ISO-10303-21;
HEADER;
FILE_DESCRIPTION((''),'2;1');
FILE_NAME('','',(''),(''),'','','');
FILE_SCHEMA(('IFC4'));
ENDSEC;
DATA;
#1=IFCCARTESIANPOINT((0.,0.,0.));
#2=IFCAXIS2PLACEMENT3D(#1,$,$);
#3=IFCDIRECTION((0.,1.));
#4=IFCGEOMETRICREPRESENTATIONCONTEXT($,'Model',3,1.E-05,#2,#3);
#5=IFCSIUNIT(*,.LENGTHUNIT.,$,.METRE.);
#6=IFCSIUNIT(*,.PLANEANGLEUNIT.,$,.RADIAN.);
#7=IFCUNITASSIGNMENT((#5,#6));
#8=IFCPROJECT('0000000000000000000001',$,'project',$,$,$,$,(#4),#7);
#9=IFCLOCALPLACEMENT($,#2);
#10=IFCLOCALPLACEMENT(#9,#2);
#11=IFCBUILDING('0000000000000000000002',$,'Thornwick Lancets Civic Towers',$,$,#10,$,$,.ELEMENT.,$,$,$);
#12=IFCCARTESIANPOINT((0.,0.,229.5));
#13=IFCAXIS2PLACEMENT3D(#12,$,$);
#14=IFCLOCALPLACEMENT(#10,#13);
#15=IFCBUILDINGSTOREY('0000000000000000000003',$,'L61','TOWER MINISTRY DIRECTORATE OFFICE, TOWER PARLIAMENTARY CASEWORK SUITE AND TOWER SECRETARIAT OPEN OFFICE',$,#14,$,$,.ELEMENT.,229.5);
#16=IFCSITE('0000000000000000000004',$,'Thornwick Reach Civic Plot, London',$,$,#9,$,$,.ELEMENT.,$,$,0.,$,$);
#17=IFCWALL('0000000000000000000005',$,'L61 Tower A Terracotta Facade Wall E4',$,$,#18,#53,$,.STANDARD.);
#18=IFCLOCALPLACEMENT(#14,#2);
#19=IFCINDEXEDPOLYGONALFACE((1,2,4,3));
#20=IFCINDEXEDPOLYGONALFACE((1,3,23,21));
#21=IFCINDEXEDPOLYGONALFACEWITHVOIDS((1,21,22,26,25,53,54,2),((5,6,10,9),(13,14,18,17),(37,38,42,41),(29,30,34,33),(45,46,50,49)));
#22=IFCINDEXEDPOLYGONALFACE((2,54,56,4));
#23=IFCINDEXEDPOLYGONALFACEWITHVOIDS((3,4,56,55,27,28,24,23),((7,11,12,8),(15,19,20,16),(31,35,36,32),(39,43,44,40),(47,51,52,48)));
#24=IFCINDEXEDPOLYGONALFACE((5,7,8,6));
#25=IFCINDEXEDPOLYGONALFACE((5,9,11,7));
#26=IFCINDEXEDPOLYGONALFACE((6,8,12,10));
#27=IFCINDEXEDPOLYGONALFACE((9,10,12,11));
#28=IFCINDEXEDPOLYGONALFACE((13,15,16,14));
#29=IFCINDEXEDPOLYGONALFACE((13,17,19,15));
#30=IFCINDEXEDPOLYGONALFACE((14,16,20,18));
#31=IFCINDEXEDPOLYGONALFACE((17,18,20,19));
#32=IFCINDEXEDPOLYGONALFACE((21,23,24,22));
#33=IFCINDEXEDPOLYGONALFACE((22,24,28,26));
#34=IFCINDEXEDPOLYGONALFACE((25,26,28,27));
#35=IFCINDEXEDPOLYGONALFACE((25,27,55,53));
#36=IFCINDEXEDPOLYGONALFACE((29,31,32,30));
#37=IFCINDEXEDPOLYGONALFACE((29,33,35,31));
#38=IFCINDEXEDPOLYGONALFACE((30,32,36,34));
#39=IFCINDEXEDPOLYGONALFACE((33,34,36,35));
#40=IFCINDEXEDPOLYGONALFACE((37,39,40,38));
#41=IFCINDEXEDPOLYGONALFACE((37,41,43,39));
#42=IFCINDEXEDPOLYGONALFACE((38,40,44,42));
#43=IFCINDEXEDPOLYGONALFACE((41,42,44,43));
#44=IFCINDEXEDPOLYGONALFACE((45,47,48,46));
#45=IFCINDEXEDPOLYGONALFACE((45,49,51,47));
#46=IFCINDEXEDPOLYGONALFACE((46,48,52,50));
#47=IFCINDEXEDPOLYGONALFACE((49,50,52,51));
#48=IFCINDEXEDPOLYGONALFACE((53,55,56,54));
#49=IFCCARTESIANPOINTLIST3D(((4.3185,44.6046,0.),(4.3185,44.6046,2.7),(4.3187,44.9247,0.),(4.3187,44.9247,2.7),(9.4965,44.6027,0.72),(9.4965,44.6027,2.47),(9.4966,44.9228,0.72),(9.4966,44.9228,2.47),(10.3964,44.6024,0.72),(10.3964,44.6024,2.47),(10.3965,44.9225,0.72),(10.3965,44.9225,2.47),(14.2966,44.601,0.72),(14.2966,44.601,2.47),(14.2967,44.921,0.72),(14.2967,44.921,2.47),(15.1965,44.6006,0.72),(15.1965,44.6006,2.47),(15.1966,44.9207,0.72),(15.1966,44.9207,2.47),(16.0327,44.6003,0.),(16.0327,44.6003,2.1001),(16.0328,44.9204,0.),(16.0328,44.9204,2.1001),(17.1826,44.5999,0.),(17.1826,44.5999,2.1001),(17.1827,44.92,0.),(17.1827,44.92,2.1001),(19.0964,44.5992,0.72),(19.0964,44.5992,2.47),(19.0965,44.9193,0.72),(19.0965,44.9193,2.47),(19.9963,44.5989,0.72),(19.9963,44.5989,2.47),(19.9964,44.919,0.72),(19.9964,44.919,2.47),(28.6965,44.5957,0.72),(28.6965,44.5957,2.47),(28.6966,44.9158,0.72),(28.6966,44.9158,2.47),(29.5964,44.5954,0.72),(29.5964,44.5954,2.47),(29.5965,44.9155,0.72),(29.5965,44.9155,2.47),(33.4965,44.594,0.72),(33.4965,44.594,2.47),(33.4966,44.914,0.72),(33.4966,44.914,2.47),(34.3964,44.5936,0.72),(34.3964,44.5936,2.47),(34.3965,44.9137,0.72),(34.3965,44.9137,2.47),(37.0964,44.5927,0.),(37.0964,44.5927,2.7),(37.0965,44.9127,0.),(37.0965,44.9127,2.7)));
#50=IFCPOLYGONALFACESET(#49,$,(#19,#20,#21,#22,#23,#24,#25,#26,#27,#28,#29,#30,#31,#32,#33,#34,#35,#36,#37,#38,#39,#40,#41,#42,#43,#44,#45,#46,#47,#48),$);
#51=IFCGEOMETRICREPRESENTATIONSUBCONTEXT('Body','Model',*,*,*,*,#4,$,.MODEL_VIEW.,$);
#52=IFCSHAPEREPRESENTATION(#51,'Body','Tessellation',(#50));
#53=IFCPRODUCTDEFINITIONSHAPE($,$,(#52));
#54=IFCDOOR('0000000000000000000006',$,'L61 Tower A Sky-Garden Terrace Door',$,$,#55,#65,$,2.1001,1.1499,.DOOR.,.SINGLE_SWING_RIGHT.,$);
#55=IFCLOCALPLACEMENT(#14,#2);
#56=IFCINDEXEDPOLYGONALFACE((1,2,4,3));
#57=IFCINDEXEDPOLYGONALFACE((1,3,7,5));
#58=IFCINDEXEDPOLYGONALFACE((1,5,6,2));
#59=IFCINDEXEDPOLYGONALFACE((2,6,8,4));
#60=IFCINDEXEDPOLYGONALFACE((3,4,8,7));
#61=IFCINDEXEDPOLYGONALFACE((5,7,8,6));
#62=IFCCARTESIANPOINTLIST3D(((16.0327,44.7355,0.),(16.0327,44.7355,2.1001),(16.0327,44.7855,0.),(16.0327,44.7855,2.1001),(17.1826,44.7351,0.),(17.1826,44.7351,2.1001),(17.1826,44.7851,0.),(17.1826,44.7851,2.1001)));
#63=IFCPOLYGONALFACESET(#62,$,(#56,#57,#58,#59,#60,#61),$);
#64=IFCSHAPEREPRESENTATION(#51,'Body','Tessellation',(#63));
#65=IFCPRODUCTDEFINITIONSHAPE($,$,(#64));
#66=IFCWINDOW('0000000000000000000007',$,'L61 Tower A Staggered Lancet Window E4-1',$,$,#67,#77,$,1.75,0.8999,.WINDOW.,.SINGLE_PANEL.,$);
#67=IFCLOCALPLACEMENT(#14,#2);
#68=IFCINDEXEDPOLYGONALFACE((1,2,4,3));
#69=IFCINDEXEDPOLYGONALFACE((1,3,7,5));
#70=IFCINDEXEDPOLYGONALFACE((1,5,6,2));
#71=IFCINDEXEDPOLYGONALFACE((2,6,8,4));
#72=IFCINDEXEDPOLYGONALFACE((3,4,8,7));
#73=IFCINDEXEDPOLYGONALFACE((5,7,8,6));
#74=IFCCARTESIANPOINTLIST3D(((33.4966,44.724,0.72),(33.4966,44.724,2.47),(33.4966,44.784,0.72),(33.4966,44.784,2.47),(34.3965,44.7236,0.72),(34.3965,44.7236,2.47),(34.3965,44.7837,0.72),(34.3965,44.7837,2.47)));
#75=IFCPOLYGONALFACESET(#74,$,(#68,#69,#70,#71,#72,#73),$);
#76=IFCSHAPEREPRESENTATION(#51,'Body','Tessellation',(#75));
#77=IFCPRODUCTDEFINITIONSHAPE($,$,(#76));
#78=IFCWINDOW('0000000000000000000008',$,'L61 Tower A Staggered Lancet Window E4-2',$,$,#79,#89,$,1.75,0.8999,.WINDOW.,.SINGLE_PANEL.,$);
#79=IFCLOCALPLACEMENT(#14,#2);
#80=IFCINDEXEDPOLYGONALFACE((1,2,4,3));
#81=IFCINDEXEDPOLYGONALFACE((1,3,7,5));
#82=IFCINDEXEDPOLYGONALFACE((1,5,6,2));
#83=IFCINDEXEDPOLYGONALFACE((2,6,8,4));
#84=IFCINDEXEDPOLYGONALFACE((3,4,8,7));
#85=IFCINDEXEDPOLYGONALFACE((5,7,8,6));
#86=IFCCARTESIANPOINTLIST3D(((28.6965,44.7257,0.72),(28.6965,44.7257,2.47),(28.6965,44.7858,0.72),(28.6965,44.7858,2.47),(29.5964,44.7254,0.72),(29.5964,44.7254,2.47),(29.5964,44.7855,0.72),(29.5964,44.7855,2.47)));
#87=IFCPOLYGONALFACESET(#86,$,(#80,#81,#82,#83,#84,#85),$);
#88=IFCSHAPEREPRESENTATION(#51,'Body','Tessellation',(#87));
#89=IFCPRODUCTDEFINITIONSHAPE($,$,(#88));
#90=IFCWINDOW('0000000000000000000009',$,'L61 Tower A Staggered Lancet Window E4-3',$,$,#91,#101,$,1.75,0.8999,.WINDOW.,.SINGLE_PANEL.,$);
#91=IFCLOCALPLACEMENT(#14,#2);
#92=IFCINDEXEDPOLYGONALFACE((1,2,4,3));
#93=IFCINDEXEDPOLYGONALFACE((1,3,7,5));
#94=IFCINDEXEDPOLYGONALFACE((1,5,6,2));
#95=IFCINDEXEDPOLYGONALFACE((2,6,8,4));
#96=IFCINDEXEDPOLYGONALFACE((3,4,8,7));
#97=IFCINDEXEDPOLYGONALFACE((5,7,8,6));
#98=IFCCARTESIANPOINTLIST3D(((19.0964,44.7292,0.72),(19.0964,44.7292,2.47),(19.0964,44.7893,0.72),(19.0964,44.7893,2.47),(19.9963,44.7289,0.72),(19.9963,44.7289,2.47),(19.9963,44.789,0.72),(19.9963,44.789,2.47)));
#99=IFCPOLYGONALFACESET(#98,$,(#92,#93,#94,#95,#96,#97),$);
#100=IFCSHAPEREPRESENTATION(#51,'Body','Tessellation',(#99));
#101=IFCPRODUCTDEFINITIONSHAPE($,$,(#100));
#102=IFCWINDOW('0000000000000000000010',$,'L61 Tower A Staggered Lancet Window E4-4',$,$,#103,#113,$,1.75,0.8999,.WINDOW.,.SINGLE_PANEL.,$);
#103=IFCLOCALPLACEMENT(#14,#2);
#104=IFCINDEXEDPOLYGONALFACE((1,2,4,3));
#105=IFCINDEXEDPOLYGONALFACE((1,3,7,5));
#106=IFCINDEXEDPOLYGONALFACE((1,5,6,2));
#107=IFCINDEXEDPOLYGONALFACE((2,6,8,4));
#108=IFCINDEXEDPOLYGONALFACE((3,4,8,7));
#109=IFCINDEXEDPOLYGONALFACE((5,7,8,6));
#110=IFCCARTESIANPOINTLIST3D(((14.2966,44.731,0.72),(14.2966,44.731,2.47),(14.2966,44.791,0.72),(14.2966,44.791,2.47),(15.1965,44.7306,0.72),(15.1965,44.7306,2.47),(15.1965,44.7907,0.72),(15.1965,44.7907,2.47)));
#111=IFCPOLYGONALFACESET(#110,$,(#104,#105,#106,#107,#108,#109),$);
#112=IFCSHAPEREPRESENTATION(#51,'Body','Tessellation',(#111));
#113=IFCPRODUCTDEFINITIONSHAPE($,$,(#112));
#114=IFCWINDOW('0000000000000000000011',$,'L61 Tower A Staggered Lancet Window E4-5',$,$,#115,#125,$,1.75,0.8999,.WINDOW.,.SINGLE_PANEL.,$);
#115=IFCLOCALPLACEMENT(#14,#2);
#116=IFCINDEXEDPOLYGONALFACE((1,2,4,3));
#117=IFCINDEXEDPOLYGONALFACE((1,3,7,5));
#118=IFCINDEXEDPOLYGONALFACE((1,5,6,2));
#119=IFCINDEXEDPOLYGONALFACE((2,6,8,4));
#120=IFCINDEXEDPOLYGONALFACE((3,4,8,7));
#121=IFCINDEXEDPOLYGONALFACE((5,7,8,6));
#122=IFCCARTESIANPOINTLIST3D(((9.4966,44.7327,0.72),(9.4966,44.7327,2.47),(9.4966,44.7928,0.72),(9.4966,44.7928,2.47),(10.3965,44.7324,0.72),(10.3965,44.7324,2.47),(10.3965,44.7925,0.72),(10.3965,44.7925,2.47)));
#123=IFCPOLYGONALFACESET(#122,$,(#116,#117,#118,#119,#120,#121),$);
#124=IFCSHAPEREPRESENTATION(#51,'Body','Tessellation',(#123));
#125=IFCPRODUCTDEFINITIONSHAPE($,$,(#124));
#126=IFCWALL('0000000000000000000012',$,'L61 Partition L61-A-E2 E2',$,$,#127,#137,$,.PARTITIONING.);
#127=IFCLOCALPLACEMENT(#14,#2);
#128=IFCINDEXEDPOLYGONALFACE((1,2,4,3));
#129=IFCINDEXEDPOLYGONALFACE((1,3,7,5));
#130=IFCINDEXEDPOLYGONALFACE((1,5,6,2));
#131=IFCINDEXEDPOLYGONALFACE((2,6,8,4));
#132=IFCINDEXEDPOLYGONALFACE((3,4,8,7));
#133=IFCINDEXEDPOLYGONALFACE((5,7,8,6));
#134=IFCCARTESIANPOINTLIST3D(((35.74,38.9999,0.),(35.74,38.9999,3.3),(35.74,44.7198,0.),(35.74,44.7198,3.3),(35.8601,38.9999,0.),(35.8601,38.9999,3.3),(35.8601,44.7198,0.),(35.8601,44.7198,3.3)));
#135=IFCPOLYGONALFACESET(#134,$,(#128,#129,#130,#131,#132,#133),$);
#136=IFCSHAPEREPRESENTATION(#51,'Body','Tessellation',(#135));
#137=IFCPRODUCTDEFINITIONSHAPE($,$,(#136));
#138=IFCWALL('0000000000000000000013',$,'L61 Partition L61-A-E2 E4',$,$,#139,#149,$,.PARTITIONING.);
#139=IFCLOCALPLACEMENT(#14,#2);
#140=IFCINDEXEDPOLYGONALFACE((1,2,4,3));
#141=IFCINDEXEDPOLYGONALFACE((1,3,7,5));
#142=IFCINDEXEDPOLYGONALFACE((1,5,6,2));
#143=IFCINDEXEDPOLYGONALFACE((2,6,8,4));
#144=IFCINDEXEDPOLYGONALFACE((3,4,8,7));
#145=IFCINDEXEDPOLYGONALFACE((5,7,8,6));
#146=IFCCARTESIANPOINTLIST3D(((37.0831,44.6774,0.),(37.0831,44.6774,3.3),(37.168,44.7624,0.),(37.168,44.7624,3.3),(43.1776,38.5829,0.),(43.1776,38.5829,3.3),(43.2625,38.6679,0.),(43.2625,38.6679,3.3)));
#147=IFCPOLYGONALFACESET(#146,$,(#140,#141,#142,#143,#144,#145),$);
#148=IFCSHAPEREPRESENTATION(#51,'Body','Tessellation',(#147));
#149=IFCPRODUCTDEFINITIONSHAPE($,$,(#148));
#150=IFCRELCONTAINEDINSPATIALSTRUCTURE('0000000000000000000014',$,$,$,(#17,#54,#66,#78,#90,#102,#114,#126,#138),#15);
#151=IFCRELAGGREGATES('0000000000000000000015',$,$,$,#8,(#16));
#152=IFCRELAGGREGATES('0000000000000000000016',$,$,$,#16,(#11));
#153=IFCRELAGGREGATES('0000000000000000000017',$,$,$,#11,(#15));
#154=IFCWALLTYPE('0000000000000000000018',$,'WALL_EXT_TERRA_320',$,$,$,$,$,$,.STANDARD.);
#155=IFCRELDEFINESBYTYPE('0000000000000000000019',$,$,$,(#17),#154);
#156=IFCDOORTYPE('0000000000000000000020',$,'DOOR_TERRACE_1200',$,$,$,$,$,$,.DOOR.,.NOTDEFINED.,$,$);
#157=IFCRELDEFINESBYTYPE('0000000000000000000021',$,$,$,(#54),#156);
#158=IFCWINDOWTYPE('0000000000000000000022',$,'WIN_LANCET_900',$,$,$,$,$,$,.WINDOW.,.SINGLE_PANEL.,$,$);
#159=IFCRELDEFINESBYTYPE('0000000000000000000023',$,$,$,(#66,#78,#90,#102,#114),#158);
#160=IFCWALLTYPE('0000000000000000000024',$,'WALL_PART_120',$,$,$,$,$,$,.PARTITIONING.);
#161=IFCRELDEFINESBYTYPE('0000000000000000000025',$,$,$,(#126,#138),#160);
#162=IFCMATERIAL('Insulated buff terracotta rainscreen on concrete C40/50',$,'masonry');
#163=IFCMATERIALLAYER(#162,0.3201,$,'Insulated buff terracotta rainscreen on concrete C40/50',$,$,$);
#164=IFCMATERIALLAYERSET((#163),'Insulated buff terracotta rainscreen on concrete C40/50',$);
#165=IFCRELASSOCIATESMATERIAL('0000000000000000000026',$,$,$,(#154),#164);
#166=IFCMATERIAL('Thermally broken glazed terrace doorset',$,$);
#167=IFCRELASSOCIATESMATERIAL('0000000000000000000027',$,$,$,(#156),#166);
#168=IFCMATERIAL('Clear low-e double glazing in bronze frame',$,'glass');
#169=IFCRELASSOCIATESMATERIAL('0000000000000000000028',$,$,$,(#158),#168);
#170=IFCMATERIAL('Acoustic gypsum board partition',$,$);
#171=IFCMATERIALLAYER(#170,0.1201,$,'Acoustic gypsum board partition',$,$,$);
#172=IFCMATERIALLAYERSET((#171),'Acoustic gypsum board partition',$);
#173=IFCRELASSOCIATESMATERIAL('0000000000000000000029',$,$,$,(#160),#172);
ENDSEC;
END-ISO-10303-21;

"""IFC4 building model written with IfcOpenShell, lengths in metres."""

from ifc_helpers import new_model, si_unit, direction, frame, frame_2d, origin, place, context, subcontext, project, spatial, rectangle, extrude, material, layer, layer_set, type_object, element, fill, save


model = new_model("IFC4")

# Units and contexts
model_context = context("Model", 3, precision=1e-05, world=origin(), true_north=direction((0.0, 1.0)))
body_context = subcontext(model_context, "Body", "Model", "MODEL_VIEW")
ifc_project = project(units=[si_unit("LENGTHUNIT", "METRE"), si_unit("PLANEANGLEUNIT", "RADIAN")], contexts=[model_context])

# Site, building, storey
site_placement = place(None, origin())
site = spatial("IfcSite", under=ifc_project, at=site_placement, Name="Thornwick Reach Civic Plot, London", CompositionType="ELEMENT", RefElevation=0.0)
building_placement = place(site_placement, origin())
building = spatial("IfcBuilding", under=site, at=building_placement, Name="Thornwick Lancets Civic Towers", CompositionType="ELEMENT")
storey_placement = place(building_placement, frame((0.0, 0.0, 229.5)))
storey = spatial("IfcBuildingStorey", under=building, at=storey_placement, Name="L61", Description="TOWER MINISTRY DIRECTORATE OFFICE, TOWER PARLIAMENTARY CASEWORK SUITE AND TOWER SECRETARIAT OPEN OFFICE", CompositionType="ELEMENT", Elevation=229.5)

# Wall, openings, door, windows
ifc_material_1 = material(Name="Insulated buff terracotta rainscreen on concrete C40/50", Category="masonry")
ifc_layer_1 = layer(ifc_material_1, 0.3201, Name="Insulated buff terracotta rainscreen on concrete C40/50")
ifc_layer_set_1 = layer_set([ifc_layer_1], Name="Insulated buff terracotta rainscreen on concrete C40/50")
wall_type_1 = type_object("IfcWallType", Name="WALL_EXT_TERRA_320", PredefinedType="STANDARD", material=ifc_layer_set_1)
wall_1_placement = place(storey_placement, frame((37.0964, 44.7527, 0.0), z_axis=(0.0, 0.0, 1.0), x_axis=(-1.0, 0.000365, 0.0)))
wall_1 = element("IfcWall", 1, at=wall_1_placement, inside=storey, type_object=wall_type_1, Name="L61 Tower A Terracotta Facade Wall E4", PredefinedType="STANDARD", context=body_context, shape_type="SweptSolid", body=[
    extrude(rectangle(XDim=32.7778, YDim=0.3201, at=frame_2d((16.3889, 0.0))), origin(), (0.0, 0.0, 1.0), 2.7),
])
opening_1_placement = place(wall_1_placement, frame((19.9138, 0.0, 0.0)))
opening_1 = element("IfcOpeningElement", 2, at=opening_1_placement, cuts=wall_1, PredefinedType="OPENING", context=body_context, shape_type="SweptSolid", body=[
    extrude(rectangle(XDim=1.1499, YDim=2.1001, at=frame_2d((0.575, 1.05))), frame((0.0, 0.1699, 0.0), z_axis=(0.0, -1.0, 0.0), x_axis=(1.0, 0.0, 0.0)), (0.0, 0.0, 1.0), 0.3401),
])
opening_2_placement = place(wall_1_placement, frame((2.7, 0.0, 0.72)))
opening_2 = element("IfcOpeningElement", 3, at=opening_2_placement, cuts=wall_1, PredefinedType="OPENING", context=body_context, shape_type="SweptSolid", body=[
    extrude(rectangle(XDim=0.8999, YDim=1.75, at=frame_2d((0.45, 0.875))), frame((0.0, 0.1699, 0.0), z_axis=(0.0, -1.0, 0.0), x_axis=(1.0, 0.0, 0.0)), (0.0, 0.0, 1.0), 0.3401),
])
opening_3_placement = place(wall_1_placement, frame((7.5, 0.0, 0.72)))
opening_3 = element("IfcOpeningElement", 4, at=opening_3_placement, cuts=wall_1, PredefinedType="OPENING", context=body_context, shape_type="SweptSolid", body=[
    extrude(rectangle(XDim=0.8999, YDim=1.75, at=frame_2d((0.45, 0.875))), frame((0.0, 0.1699, 0.0), z_axis=(0.0, -1.0, 0.0), x_axis=(1.0, 0.0, 0.0)), (0.0, 0.0, 1.0), 0.3401),
])
opening_4_placement = place(wall_1_placement, frame((17.1001, 0.0, 0.72)))
opening_4 = element("IfcOpeningElement", 5, at=opening_4_placement, cuts=wall_1, PredefinedType="OPENING", context=body_context, shape_type="SweptSolid", body=[
    extrude(rectangle(XDim=0.8999, YDim=1.75, at=frame_2d((0.45, 0.875))), frame((0.0, 0.1699, 0.0), z_axis=(0.0, -1.0, 0.0), x_axis=(1.0, 0.0, 0.0)), (0.0, 0.0, 1.0), 0.3401),
])
opening_5_placement = place(wall_1_placement, frame((21.8999, 0.0, 0.72)))
opening_5 = element("IfcOpeningElement", 6, at=opening_5_placement, cuts=wall_1, PredefinedType="OPENING", context=body_context, shape_type="SweptSolid", body=[
    extrude(rectangle(XDim=0.8999, YDim=1.75, at=frame_2d((0.45, 0.875))), frame((0.0, 0.1699, 0.0), z_axis=(0.0, -1.0, 0.0), x_axis=(1.0, 0.0, 0.0)), (0.0, 0.0, 1.0), 0.3401),
])
opening_6_placement = place(wall_1_placement, frame((26.7, 0.0, 0.72)))
opening_6 = element("IfcOpeningElement", 7, at=opening_6_placement, cuts=wall_1, PredefinedType="OPENING", context=body_context, shape_type="SweptSolid", body=[
    extrude(rectangle(XDim=0.8999, YDim=1.75, at=frame_2d((0.45, 0.875))), frame((0.0, 0.1699, 0.0), z_axis=(0.0, -1.0, 0.0), x_axis=(1.0, 0.0, 0.0)), (0.0, 0.0, 1.0), 0.3401),
])
ifc_material_2 = material(Name="Thermally broken glazed terrace doorset")
door_type_1 = type_object("IfcDoorType", Name="DOOR_TERRACE_1200", OperationType="NOTDEFINED", PredefinedType="DOOR", material=ifc_material_2)
door_1_placement = place(opening_1_placement, origin())
door_1 = element("IfcDoor", 8, at=door_1_placement, inside=storey, type_object=door_type_1, Name="L61 Tower A Sky-Garden Terrace Door", OperationType="SINGLE_SWING_RIGHT", OverallHeight=2.1001, OverallWidth=1.1499, PredefinedType="DOOR", context=body_context, shape_type="SweptSolid", body=[
    extrude(rectangle(XDim=1.1499, YDim=2.1001, at=frame_2d((0.575, 1.05))), frame((0.0, 0.0249, 0.0), z_axis=(0.0, -1.0, 0.0), x_axis=(1.0, 0.0, 0.0)), (0.0, 0.0, 1.0), 0.05),
])
fill(opening_1, door_1)
ifc_material_3 = material(Name="Clear low-e double glazing in bronze frame", Category="glass")
window_type = type_object("IfcWindowType", Name="WIN_LANCET_900", PartitioningType="SINGLE_PANEL", PredefinedType="WINDOW", material=ifc_material_3)
window_1_placement = place(opening_2_placement, origin())
window_1 = element("IfcWindow", 9, at=window_1_placement, inside=storey, type_object=window_type, Name="L61 Tower A Staggered Lancet Window E4-1", OverallHeight=1.75, OverallWidth=0.8999, PartitioningType="SINGLE_PANEL", PredefinedType="WINDOW", context=body_context, shape_type="SweptSolid", body=[
    extrude(rectangle(XDim=0.8999, YDim=1.75, at=frame_2d((0.45, 0.875))), frame((0.0, 0.03, 0.0), z_axis=(0.0, -1.0, 0.0), x_axis=(1.0, 0.0, 0.0)), (0.0, 0.0, 1.0), 0.0601),
])
fill(opening_2, window_1)
window_2_placement = place(opening_3_placement, origin())
window_2 = element("IfcWindow", 10, at=window_2_placement, inside=storey, type_object=window_type, Name="L61 Tower A Staggered Lancet Window E4-2", OverallHeight=1.75, OverallWidth=0.8999, PartitioningType="SINGLE_PANEL", PredefinedType="WINDOW", context=body_context, shape_type="SweptSolid", body=[
    extrude(rectangle(XDim=0.8999, YDim=1.75, at=frame_2d((0.45, 0.875))), frame((0.0, 0.03, 0.0), z_axis=(0.0, -1.0, 0.0), x_axis=(1.0, 0.0, 0.0)), (0.0, 0.0, 1.0), 0.0601),
])
fill(opening_3, window_2)
window_3_placement = place(opening_4_placement, origin())
window_3 = element("IfcWindow", 11, at=window_3_placement, inside=storey, type_object=window_type, Name="L61 Tower A Staggered Lancet Window E4-3", OverallHeight=1.75, OverallWidth=0.8999, PartitioningType="SINGLE_PANEL", PredefinedType="WINDOW", context=body_context, shape_type="SweptSolid", body=[
    extrude(rectangle(XDim=0.8999, YDim=1.75, at=frame_2d((0.45, 0.875))), frame((0.0, 0.03, 0.0), z_axis=(0.0, -1.0, 0.0), x_axis=(1.0, 0.0, 0.0)), (0.0, 0.0, 1.0), 0.0601),
])
fill(opening_4, window_3)
window_4_placement = place(opening_5_placement, origin())
window_4 = element("IfcWindow", 12, at=window_4_placement, inside=storey, type_object=window_type, Name="L61 Tower A Staggered Lancet Window E4-4", OverallHeight=1.75, OverallWidth=0.8999, PartitioningType="SINGLE_PANEL", PredefinedType="WINDOW", context=body_context, shape_type="SweptSolid", body=[
    extrude(rectangle(XDim=0.8999, YDim=1.75, at=frame_2d((0.45, 0.875))), frame((0.0, 0.03, 0.0), z_axis=(0.0, -1.0, 0.0), x_axis=(1.0, 0.0, 0.0)), (0.0, 0.0, 1.0), 0.0601),
])
fill(opening_5, window_4)
window_5_placement = place(opening_6_placement, origin())
window_5 = element("IfcWindow", 13, at=window_5_placement, inside=storey, type_object=window_type, Name="L61 Tower A Staggered Lancet Window E4-5", OverallHeight=1.75, OverallWidth=0.8999, PartitioningType="SINGLE_PANEL", PredefinedType="WINDOW", context=body_context, shape_type="SweptSolid", body=[
    extrude(rectangle(XDim=0.8999, YDim=1.75, at=frame_2d((0.45, 0.875))), frame((0.0, 0.03, 0.0), z_axis=(0.0, -1.0, 0.0), x_axis=(1.0, 0.0, 0.0)), (0.0, 0.0, 1.0), 0.0601),
])
fill(opening_6, window_5)

# Walls
ifc_material_4 = material(Name="Acoustic gypsum board partition")
ifc_layer_2 = layer(ifc_material_4, 0.1201, Name="Acoustic gypsum board partition")
ifc_layer_set_2 = layer_set([ifc_layer_2], Name="Acoustic gypsum board partition")
wall_type_2 = type_object("IfcWallType", Name="WALL_PART_120", PredefinedType="PARTITIONING", material=ifc_layer_set_2)
wall_2_placement = place(storey_placement, frame((35.8, 39.0, 0.0), z_axis=(0.0, 0.0, 1.0), x_axis=(0.0, 1.0, 0.0)))
element("IfcWall", 14, at=wall_2_placement, inside=storey, type_object=wall_type_2, Name="L61 Partition L61-A-E2 E2", PredefinedType="PARTITIONING", context=body_context, shape_type="SweptSolid", body=[
    extrude(rectangle(XDim=5.72, YDim=0.1201, at=frame_2d((2.8599, 0.0))), origin(), (0.0, 0.0, 1.0), 3.3),
])
wall_3_placement = place(storey_placement, frame((37.1255, 44.72, 0.0), z_axis=(0.0, 0.0, 1.0), x_axis=(0.707107, -0.707107, 0.0)))
element("IfcWall", 15, at=wall_3_placement, inside=storey, type_object=wall_type_2, Name="L61 Partition L61-A-E2 E4", PredefinedType="PARTITIONING", context=body_context, shape_type="SweptSolid", body=[
    extrude(rectangle(XDim=8.6189, YDim=0.1201, at=frame_2d((4.3096, 0.0))), origin(), (0.0, 0.0, 1.0), 3.3),
])

save(model, "model.ifc")
